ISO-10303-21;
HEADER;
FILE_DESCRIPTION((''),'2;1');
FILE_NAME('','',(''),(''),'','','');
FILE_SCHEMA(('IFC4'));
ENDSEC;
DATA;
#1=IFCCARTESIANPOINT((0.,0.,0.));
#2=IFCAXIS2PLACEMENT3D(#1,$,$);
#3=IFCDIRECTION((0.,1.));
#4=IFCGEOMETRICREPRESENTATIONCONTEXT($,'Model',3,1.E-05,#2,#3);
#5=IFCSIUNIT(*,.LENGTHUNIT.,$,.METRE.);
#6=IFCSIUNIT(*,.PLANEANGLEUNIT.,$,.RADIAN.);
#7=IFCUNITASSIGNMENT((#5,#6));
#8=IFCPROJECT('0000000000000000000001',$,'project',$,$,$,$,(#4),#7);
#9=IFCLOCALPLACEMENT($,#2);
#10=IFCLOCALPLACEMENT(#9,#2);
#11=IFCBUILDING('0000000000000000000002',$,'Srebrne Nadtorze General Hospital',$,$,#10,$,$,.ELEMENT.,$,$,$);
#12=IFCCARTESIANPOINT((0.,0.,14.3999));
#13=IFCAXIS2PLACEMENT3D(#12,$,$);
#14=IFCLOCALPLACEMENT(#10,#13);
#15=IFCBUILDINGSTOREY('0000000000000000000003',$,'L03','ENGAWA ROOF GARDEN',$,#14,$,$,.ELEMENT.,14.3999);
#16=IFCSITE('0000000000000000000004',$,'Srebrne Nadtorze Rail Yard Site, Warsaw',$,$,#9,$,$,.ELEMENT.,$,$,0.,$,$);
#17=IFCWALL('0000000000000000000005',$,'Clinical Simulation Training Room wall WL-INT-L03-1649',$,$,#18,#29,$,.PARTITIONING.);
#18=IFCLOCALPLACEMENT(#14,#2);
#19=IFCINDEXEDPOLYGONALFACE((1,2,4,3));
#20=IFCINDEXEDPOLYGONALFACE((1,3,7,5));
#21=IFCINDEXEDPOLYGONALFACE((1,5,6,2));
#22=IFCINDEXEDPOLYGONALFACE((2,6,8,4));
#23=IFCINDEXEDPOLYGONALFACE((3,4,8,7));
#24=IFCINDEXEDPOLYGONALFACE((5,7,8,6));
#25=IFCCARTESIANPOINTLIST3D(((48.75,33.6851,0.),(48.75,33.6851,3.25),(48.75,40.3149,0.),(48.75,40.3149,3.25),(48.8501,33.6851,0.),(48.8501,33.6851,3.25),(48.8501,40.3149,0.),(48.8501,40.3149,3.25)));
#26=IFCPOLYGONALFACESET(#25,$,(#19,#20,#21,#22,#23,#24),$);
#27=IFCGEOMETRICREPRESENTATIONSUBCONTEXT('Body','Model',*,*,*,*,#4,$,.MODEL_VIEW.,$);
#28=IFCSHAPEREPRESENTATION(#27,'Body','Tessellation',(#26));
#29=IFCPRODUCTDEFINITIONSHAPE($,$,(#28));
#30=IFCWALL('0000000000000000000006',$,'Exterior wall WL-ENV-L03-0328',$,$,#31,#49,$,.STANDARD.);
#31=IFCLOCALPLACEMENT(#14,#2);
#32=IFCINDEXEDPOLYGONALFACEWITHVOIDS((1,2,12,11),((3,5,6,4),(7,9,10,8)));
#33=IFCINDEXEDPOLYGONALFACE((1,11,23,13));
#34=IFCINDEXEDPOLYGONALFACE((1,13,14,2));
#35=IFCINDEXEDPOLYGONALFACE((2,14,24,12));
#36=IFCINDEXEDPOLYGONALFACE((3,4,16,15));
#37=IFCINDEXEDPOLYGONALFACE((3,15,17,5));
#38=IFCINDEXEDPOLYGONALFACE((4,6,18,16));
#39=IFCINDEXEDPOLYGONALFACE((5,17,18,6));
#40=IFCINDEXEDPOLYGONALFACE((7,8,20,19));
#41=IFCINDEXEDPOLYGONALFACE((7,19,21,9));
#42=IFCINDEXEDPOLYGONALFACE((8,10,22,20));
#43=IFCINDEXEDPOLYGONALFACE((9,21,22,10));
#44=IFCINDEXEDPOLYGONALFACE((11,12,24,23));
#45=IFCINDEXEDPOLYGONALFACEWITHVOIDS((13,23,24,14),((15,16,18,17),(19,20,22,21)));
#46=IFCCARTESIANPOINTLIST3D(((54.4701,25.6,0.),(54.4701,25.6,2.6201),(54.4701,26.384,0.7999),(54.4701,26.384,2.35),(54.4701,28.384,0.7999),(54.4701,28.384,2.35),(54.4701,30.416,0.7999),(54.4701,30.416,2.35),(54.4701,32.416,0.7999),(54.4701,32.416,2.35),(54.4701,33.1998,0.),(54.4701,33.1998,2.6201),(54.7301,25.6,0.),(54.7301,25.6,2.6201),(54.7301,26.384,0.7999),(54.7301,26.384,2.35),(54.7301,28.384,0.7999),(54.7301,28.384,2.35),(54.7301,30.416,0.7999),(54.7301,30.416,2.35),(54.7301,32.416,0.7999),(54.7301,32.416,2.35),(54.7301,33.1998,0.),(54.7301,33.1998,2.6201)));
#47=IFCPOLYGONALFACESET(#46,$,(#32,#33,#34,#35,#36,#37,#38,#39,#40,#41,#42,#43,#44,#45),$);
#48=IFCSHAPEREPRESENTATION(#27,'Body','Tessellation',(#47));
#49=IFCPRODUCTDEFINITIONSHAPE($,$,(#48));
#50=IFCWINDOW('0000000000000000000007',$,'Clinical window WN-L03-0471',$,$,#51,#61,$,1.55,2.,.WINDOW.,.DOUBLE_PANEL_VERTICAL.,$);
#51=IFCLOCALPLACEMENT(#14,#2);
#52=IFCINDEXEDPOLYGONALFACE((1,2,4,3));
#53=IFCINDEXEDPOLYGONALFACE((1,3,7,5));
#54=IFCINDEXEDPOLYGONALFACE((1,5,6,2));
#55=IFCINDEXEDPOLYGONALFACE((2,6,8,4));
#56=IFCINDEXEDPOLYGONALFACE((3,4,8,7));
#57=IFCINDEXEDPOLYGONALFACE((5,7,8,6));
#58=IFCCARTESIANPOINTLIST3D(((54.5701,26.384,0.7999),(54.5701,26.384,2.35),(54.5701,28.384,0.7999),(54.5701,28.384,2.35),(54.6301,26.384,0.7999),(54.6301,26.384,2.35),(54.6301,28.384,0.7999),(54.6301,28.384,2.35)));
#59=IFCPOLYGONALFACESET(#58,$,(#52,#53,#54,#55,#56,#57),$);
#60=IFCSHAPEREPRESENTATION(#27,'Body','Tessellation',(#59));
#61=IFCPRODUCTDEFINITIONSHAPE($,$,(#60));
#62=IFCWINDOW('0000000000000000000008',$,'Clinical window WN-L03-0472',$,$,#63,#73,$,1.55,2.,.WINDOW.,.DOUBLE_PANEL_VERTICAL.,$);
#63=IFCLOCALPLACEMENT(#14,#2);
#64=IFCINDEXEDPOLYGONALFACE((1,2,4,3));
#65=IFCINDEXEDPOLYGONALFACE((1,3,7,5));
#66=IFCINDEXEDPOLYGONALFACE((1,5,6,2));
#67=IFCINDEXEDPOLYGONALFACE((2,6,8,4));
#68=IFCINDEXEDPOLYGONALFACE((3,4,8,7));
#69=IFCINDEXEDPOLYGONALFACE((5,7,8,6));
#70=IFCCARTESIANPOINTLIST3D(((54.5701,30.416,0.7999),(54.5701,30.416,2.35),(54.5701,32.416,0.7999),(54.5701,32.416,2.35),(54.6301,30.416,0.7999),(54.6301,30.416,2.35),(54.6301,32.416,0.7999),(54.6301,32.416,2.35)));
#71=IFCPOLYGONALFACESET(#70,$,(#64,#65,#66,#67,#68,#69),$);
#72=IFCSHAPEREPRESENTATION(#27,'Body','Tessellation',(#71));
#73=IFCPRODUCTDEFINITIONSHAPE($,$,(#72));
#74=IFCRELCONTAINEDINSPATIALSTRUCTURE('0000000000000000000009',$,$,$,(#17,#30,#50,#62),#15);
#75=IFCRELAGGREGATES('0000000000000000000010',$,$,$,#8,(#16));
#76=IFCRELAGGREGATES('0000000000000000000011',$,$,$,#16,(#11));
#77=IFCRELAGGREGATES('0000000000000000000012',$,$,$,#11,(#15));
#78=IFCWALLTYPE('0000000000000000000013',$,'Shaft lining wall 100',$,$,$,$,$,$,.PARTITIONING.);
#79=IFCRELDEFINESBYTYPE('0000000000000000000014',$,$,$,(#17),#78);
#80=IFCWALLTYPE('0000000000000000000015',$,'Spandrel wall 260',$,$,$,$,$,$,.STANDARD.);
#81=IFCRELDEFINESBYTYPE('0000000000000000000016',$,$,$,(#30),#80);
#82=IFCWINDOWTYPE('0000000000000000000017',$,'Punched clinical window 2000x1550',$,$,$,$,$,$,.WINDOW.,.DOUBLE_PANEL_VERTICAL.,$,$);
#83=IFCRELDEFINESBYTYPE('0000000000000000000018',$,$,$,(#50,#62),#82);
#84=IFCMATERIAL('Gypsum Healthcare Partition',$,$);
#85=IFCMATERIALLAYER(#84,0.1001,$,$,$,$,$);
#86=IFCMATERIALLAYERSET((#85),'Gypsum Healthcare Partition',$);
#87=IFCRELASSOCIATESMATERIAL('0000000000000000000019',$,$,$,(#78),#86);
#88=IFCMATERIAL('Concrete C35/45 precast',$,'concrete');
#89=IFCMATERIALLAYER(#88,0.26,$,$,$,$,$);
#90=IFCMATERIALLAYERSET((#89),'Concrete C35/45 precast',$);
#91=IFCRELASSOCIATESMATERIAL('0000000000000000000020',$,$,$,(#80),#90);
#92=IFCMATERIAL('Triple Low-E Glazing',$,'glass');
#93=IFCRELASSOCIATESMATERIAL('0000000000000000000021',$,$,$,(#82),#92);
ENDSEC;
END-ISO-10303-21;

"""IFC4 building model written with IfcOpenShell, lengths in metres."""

from ifc_helpers import new_model, si_unit, direction, frame, frame_2d, origin, place, context, subcontext, project, spatial, rectangle, extrude, material, layer, layer_set, type_object, element, fill, save


model = new_model("IFC4")

# Units and contexts
model_context = context("Model", 3, precision=1e-05, world=origin(), true_north=direction((0.0, 1.0)))
body_context = subcontext(model_context, "Body", "Model", "MODEL_VIEW")
ifc_project = project(units=[si_unit("LENGTHUNIT", "METRE"), si_unit("PLANEANGLEUNIT", "RADIAN")], contexts=[model_context])

# Site, building, storey
site_placement = place(None, origin())
site = spatial("IfcSite", under=ifc_project, at=site_placement, Name="Srebrne Nadtorze Rail Yard Site, Warsaw", CompositionType="ELEMENT", RefElevation=0.0)
building_placement = place(site_placement, origin())
building = spatial("IfcBuilding", under=site, at=building_placement, Name="Srebrne Nadtorze General Hospital", CompositionType="ELEMENT")
storey_placement = place(building_placement, frame((0.0, 0.0, 14.3999)))
storey = spatial("IfcBuildingStorey", under=building, at=storey_placement, Name="L03", Description="ENGAWA ROOF GARDEN", CompositionType="ELEMENT", Elevation=14.3999)

# Wall
ifc_material_1 = material(Name="Gypsum Healthcare Partition")
ifc_layer_1 = layer(ifc_material_1, 0.1001)
ifc_layer_set_1 = layer_set([ifc_layer_1], Name="Gypsum Healthcare Partition")
wall_type_1 = type_object("IfcWallType", Name="Shaft lining wall 100", PredefinedType="PARTITIONING", material=ifc_layer_set_1)
wall_1_placement = place(storey_placement, frame((48.8, 33.6851, 0.0), z_axis=(0.0, 0.0, 1.0), x_axis=(0.0, 1.0, 0.0)))
element("IfcWall", 1, at=wall_1_placement, inside=storey, type_object=wall_type_1, Name="Clinical Simulation Training Room wall WL-INT-L03-1649", PredefinedType="PARTITIONING", context=body_context, shape_type="SweptSolid", body=[
    extrude(rectangle(XDim=6.6299, YDim=0.1001, at=frame_2d((3.3149, 0.0))), origin(), (0.0, 0.0, 1.0), 3.25),
])

# Wall, openings, windows
ifc_material_2 = material(Name="Concrete C35/45 precast", Category="concrete")
ifc_layer_2 = layer(ifc_material_2, 0.26)
ifc_layer_set_2 = layer_set([ifc_layer_2], Name="Concrete C35/45 precast")
wall_type_2 = type_object("IfcWallType", Name="Spandrel wall 260", PredefinedType="STANDARD", material=ifc_layer_set_2)
wall_2_placement = place(storey_placement, frame((54.6001, 25.6001, 0.0), z_axis=(0.0, 0.0, 1.0), x_axis=(0.0, 1.0, 0.0)))
wall_2 = element("IfcWall", 2, at=wall_2_placement, inside=storey, type_object=wall_type_2, Name="Exterior wall WL-ENV-L03-0328", PredefinedType="STANDARD", context=body_context, shape_type="SweptSolid", body=[
    extrude(rectangle(XDim=7.5999, YDim=0.26, at=frame_2d((3.7998, 0.0))), origin(), (0.0, 0.0, 1.0), 2.6201),
])
opening_1_placement = place(wall_2_placement, frame((0.7839, 0.0, 0.8)))
opening_1 = element("IfcOpeningElement", 3, at=opening_1_placement, cuts=wall_2, PredefinedType="OPENING", context=body_context, shape_type="SweptSolid", body=[
    extrude(rectangle(XDim=2.0, YDim=1.55, at=frame_2d((1.0, 0.7749))), frame((0.0, 0.1421, 0.0), z_axis=(0.0, -1.0, 0.0), x_axis=(1.0, 0.0, 0.0)), (0.0, 0.0, 1.0), 0.2839),
])
opening_2_placement = place(wall_2_placement, frame((4.8159, 0.0, 0.8)))
opening_2 = element("IfcOpeningElement", 4, at=opening_2_placement, cuts=wall_2, PredefinedType="OPENING", context=body_context, shape_type="SweptSolid", body=[
    extrude(rectangle(XDim=2.0, YDim=1.55, at=frame_2d((1.0, 0.7749))), frame((0.0, 0.1421, 0.0), z_axis=(0.0, -1.0, 0.0), x_axis=(1.0, 0.0, 0.0)), (0.0, 0.0, 1.0), 0.2839),
])
ifc_material_3 = material(Name="Triple Low-E Glazing", Category="glass")
window_type = type_object("IfcWindowType", Name="Punched clinical window 2000x1550", PartitioningType="DOUBLE_PANEL_VERTICAL", PredefinedType="WINDOW", material=ifc_material_3)
window_1_placement = place(opening_1_placement, origin())
window_1 = element("IfcWindow", 5, at=window_1_placement, inside=storey, type_object=window_type, Name="Clinical window WN-L03-0471", OverallHeight=1.55, OverallWidth=2.0, PartitioningType="DOUBLE_PANEL_VERTICAL", PredefinedType="WINDOW", context=body_context, shape_type="SweptSolid", body=[
    extrude(rectangle(XDim=2.0, YDim=1.55, at=frame_2d((1.0, 0.7749))), frame((0.0, 0.03, 0.0), z_axis=(0.0, -1.0, 0.0), x_axis=(1.0, 0.0, 0.0)), (0.0, 0.0, 1.0), 0.0601),
])
fill(opening_1, window_1)
window_2_placement = place(opening_2_placement, origin())
window_2 = element("IfcWindow", 6, at=window_2_placement, inside=storey, type_object=window_type, Name="Clinical window WN-L03-0472", OverallHeight=1.55, OverallWidth=2.0, PartitioningType="DOUBLE_PANEL_VERTICAL", PredefinedType="WINDOW", context=body_context, shape_type="SweptSolid", body=[
    extrude(rectangle(XDim=2.0, YDim=1.55, at=frame_2d((1.0, 0.7749))), frame((0.0, 0.03, 0.0), z_axis=(0.0, -1.0, 0.0), x_axis=(1.0, 0.0, 0.0)), (0.0, 0.0, 1.0), 0.0601),
])
fill(opening_2, window_2)

save(model, "model.ifc")
